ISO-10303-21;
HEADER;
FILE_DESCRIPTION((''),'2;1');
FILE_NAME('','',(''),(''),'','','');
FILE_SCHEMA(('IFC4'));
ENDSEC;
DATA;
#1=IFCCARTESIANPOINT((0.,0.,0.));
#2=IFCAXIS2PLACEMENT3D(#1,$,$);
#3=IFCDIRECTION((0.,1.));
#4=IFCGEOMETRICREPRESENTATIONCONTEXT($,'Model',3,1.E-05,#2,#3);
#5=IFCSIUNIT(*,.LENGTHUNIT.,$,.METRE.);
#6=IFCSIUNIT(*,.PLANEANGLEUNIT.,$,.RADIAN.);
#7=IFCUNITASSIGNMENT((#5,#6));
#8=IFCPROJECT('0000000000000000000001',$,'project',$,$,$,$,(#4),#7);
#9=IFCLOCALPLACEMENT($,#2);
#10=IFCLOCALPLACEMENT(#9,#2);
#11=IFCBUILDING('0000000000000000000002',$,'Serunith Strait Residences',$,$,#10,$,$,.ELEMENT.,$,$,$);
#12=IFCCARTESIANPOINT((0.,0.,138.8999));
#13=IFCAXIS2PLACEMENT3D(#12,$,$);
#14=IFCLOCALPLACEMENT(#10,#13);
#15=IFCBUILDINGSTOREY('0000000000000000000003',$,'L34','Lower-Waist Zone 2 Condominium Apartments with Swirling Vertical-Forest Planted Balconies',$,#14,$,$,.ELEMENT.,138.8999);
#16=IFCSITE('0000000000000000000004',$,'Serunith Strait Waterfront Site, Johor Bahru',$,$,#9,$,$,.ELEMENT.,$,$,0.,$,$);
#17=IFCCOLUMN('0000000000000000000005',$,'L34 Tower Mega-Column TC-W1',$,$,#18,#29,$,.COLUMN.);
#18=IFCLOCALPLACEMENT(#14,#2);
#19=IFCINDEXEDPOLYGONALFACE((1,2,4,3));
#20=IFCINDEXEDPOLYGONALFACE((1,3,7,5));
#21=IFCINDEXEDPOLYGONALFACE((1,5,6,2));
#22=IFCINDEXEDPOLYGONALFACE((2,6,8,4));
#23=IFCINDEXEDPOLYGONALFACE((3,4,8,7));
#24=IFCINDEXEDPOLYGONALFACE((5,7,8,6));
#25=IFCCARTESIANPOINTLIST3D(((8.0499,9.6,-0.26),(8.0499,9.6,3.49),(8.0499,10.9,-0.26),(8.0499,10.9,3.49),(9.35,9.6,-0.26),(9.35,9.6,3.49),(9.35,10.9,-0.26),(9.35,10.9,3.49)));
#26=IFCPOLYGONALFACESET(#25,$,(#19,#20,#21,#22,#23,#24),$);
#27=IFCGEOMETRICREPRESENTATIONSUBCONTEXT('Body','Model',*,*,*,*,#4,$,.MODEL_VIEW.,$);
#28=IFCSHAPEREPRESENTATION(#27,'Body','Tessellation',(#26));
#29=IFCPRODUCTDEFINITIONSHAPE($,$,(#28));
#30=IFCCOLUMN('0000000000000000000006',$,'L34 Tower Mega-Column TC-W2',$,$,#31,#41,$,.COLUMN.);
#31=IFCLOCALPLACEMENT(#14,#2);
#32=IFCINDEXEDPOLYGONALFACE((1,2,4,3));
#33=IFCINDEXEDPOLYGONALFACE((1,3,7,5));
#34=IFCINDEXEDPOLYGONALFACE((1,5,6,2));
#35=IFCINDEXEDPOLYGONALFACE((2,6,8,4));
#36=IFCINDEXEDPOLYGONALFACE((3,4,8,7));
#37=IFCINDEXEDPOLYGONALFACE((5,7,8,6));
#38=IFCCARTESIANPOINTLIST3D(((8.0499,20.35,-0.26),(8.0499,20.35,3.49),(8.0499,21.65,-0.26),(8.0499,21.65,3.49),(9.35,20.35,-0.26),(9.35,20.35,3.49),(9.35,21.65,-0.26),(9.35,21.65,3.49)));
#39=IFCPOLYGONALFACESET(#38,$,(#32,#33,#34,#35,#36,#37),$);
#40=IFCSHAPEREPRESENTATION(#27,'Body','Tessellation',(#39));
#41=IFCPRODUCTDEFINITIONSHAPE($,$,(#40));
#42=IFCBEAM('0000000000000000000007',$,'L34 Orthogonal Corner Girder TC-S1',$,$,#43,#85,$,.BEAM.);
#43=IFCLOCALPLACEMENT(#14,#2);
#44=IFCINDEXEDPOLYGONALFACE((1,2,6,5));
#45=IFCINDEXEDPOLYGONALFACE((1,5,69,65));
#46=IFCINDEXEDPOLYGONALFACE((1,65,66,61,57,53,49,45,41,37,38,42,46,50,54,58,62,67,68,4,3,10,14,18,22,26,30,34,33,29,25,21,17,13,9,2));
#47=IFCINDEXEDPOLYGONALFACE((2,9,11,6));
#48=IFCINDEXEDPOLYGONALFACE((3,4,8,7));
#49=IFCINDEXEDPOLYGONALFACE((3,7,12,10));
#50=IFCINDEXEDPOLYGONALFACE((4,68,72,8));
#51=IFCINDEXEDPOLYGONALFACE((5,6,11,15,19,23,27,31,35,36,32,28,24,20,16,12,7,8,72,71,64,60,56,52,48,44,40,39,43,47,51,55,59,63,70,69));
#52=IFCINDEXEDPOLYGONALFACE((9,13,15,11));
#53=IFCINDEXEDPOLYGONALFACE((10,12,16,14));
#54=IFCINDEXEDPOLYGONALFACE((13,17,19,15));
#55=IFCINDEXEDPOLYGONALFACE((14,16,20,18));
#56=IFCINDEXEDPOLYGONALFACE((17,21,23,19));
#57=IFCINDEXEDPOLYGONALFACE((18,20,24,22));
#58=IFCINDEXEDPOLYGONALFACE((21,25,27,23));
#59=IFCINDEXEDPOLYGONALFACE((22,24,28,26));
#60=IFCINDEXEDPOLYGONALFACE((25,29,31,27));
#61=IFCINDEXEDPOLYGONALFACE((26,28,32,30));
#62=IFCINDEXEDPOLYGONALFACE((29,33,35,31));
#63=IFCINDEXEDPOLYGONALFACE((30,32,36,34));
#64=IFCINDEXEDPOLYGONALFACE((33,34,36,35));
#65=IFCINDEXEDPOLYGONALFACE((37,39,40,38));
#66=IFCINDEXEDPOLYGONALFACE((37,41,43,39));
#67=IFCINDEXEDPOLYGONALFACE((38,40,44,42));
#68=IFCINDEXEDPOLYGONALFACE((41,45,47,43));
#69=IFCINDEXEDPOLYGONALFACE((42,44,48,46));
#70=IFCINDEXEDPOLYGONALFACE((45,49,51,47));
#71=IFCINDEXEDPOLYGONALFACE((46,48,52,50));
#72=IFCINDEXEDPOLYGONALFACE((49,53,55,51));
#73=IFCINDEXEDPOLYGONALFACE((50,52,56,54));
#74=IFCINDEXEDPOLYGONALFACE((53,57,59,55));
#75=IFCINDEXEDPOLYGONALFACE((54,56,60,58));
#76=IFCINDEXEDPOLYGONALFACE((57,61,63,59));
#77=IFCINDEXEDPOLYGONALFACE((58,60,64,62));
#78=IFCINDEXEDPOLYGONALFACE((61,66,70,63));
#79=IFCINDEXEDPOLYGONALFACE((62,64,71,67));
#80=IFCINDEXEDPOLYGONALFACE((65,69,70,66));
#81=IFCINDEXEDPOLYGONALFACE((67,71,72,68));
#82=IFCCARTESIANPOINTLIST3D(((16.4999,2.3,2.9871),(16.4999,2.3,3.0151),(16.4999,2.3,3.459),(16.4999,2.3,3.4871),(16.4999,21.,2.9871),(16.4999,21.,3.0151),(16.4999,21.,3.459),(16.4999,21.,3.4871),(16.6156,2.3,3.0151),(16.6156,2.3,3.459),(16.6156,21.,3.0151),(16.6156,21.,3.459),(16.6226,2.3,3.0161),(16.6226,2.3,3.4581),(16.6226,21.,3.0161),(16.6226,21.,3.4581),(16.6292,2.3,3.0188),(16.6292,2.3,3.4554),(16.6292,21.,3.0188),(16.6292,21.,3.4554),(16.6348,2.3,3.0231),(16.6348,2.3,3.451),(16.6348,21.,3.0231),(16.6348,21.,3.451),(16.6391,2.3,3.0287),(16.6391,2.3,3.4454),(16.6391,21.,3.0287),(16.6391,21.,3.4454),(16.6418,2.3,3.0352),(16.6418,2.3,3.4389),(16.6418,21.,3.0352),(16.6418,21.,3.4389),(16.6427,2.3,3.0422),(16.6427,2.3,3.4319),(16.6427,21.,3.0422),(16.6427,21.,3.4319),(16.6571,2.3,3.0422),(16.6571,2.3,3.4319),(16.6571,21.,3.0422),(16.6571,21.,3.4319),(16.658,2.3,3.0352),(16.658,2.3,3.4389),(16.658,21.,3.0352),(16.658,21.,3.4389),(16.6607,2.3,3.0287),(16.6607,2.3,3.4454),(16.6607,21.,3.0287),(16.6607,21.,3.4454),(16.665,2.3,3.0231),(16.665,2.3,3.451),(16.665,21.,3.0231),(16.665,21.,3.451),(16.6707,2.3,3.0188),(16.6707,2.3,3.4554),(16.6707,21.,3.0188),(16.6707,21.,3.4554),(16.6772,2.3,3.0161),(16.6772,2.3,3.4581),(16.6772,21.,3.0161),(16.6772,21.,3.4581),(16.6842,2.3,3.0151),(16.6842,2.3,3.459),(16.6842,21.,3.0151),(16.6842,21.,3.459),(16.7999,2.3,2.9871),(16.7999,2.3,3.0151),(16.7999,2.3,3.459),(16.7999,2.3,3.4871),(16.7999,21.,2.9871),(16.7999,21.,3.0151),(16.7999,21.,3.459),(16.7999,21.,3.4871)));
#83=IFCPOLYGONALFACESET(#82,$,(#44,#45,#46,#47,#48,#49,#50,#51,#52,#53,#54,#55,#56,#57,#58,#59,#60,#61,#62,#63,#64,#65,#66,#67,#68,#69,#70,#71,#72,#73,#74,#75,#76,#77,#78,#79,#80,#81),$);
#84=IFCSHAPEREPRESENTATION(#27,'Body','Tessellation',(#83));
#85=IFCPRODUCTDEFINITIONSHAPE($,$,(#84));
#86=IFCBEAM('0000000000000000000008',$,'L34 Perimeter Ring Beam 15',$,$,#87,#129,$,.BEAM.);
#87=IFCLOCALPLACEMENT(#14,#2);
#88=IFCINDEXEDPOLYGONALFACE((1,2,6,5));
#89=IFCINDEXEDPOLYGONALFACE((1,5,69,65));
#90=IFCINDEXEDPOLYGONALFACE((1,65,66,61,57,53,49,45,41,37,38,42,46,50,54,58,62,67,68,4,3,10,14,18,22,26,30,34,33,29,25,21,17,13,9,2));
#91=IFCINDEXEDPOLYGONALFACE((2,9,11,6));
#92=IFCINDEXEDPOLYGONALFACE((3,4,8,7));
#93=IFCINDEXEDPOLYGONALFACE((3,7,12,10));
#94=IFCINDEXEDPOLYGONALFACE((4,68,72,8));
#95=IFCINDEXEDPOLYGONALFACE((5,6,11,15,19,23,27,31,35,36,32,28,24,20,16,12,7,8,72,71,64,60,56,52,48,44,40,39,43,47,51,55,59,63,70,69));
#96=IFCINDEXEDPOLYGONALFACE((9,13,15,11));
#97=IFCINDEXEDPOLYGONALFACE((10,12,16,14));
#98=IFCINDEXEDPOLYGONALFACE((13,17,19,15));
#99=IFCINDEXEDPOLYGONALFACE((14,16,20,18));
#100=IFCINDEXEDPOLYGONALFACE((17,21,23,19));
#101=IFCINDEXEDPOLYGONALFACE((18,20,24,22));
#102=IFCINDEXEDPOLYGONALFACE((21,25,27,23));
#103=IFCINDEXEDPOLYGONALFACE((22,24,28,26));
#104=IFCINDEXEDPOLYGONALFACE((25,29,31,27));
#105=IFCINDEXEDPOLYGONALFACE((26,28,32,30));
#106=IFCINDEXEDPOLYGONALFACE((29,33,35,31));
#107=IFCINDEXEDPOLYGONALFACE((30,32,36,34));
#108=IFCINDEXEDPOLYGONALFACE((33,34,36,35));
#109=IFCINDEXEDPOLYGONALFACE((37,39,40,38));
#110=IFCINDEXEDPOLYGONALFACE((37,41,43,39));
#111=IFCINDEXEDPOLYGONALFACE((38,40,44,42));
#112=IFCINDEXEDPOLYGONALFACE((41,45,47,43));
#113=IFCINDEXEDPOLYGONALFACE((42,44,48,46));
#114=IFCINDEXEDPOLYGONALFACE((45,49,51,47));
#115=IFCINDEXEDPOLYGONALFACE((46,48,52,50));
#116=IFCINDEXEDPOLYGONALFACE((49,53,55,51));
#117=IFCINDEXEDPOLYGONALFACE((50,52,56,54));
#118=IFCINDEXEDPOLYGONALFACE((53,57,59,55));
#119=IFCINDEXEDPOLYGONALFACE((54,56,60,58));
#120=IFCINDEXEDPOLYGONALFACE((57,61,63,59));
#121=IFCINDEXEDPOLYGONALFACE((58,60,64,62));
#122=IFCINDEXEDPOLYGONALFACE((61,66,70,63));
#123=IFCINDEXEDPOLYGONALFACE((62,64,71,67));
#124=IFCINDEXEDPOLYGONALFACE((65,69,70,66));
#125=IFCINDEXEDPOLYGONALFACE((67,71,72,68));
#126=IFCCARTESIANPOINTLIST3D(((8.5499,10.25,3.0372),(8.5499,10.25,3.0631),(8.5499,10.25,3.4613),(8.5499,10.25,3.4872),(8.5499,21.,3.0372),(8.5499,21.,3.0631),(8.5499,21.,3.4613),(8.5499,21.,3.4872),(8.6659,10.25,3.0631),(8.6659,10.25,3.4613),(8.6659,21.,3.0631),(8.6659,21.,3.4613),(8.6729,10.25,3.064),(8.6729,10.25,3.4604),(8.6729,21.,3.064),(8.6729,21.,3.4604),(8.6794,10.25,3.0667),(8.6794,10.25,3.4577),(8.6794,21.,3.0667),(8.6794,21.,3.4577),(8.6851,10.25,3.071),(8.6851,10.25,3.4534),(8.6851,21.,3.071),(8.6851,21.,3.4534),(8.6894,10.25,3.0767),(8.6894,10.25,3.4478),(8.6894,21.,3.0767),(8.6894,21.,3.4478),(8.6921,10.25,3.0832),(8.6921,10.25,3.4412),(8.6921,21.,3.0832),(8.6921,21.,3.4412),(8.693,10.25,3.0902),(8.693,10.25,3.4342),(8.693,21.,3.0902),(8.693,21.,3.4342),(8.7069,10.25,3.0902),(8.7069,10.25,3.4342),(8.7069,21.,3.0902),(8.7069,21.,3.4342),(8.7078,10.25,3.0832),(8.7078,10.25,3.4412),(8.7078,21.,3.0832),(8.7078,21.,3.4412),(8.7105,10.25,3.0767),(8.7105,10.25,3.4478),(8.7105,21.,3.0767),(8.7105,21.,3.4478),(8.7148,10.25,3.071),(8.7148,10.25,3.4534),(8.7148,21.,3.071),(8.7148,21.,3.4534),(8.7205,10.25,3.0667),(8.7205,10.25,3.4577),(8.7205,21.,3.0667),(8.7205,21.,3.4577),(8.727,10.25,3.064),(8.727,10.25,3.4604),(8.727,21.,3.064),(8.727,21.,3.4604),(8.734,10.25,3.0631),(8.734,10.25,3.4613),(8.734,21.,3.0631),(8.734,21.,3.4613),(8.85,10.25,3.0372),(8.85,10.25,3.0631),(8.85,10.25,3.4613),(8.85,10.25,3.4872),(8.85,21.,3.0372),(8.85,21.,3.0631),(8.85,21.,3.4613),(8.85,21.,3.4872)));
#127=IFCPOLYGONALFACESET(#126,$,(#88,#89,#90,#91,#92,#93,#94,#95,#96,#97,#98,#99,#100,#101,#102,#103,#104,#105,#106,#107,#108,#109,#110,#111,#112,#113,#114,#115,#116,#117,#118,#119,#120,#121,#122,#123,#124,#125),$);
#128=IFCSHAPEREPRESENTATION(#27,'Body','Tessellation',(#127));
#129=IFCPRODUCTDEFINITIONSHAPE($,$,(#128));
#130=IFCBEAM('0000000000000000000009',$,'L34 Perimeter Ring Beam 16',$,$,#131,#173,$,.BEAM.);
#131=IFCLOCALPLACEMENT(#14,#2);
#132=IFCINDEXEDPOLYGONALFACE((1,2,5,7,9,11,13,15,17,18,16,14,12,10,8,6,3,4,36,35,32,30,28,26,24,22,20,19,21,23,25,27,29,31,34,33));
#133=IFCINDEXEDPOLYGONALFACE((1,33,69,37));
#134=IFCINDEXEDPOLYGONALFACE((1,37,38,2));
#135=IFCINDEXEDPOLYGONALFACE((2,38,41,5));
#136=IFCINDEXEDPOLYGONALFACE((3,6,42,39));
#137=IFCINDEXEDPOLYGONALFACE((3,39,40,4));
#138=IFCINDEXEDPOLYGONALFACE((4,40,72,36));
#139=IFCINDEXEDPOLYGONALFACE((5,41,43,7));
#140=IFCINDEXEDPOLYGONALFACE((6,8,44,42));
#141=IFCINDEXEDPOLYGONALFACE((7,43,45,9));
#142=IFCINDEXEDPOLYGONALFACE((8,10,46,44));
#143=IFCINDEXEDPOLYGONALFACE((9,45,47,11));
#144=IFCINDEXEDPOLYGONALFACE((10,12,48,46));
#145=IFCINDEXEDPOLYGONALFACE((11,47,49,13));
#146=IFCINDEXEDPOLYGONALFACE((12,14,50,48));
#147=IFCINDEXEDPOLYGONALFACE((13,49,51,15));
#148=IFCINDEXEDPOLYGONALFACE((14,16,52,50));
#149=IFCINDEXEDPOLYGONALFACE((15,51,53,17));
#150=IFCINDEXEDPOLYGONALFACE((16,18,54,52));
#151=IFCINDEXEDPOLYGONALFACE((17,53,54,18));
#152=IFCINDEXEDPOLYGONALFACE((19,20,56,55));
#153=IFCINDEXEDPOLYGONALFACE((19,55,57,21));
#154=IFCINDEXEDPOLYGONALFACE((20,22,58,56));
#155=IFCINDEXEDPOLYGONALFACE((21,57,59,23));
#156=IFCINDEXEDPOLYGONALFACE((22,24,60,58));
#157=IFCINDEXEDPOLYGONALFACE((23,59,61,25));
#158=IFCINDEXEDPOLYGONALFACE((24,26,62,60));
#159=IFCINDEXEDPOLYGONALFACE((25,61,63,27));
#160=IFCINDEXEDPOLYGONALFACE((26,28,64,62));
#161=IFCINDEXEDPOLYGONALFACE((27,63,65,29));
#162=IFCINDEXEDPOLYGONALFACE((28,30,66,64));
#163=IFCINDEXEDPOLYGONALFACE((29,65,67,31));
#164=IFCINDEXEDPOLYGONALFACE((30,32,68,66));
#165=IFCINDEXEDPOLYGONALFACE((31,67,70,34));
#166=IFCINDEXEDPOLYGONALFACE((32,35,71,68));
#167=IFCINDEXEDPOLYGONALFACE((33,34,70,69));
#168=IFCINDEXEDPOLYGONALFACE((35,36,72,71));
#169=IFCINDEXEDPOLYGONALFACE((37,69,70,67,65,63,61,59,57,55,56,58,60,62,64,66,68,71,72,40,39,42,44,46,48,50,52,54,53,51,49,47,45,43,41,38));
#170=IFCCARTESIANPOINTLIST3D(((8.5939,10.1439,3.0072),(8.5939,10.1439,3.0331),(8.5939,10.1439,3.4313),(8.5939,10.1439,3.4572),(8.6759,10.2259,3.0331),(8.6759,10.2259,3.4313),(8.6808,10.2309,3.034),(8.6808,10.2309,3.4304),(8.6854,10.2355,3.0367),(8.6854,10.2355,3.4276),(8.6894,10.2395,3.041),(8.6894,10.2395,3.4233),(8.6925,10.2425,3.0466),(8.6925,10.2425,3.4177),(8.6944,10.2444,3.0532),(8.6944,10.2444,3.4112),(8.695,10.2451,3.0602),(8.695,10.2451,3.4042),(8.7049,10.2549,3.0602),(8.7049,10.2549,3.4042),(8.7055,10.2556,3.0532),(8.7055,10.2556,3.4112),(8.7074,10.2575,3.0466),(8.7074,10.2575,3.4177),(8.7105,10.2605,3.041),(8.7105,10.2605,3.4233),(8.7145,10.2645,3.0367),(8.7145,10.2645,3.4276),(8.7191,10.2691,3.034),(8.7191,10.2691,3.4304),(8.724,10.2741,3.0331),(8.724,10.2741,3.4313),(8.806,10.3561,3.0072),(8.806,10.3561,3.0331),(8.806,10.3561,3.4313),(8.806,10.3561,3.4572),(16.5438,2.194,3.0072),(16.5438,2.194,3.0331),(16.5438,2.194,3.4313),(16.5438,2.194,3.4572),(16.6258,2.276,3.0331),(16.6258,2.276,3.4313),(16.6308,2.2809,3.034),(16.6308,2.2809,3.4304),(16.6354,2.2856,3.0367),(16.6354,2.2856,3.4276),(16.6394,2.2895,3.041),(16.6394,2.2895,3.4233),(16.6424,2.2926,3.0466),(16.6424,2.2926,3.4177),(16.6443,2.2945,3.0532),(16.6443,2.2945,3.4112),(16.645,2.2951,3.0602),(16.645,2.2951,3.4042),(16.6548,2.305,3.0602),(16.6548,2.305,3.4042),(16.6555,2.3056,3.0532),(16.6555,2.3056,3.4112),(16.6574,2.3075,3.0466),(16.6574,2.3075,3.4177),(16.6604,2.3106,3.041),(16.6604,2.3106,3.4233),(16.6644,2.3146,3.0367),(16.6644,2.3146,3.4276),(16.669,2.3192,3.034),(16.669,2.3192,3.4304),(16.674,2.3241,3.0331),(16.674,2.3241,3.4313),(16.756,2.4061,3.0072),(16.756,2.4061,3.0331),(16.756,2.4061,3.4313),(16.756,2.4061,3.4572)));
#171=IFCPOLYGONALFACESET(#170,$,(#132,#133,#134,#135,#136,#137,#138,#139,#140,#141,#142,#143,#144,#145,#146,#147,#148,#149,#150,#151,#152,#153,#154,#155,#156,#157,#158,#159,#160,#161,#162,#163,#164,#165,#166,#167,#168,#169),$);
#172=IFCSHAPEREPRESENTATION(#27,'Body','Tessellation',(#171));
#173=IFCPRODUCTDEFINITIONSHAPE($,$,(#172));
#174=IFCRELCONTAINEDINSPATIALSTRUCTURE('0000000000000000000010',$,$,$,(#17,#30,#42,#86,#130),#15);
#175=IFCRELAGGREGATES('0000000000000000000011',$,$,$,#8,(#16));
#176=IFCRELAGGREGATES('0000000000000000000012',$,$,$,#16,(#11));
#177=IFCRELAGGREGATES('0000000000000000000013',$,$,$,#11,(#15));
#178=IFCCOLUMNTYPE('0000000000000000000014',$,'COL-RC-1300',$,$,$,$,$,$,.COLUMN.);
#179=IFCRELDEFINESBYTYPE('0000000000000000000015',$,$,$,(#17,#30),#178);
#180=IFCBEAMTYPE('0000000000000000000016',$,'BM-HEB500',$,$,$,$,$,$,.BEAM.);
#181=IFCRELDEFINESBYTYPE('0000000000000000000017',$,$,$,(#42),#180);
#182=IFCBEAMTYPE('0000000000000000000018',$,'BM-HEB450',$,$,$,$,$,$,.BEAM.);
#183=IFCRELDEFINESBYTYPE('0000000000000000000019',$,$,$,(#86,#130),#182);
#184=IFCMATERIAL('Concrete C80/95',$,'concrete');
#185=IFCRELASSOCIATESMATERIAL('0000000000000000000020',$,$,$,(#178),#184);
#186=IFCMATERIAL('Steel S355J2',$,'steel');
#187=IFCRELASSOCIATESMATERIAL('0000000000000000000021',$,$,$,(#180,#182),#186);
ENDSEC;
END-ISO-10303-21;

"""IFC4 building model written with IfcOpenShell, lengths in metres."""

from ifc_helpers import new_model, si_unit, direction, frame, origin, origin_2d, place, context, subcontext, project, spatial, rectangle, i_section, extrude, source, transform, mapped, material, material_profile, profile_set, type_object, element, save


model = new_model("IFC4")

# Units and contexts
model_context = context("Model", 3, precision=1e-05, world=origin(), true_north=direction((0.0, 1.0)))
body_context = subcontext(model_context, "Body", "Model", "MODEL_VIEW")
ifc_project = project(units=[si_unit("LENGTHUNIT", "METRE"), si_unit("PLANEANGLEUNIT", "RADIAN")], contexts=[model_context])

# Site, building, storey
site_placement = place(None, origin())
site = spatial("IfcSite", under=ifc_project, at=site_placement, Name="Serunith Strait Waterfront Site, Johor Bahru", CompositionType="ELEMENT", RefElevation=0.0)
building_placement = place(site_placement, origin())
building = spatial("IfcBuilding", under=site, at=building_placement, Name="Serunith Strait Residences", CompositionType="ELEMENT")
storey_placement = place(building_placement, frame((0.0, 0.0, 138.8999)))
storey = spatial("IfcBuildingStorey", under=building, at=storey_placement, Name="L34", Description="Lower-Waist Zone 2 Condominium Apartments with Swirling Vertical-Forest Planted Balconies", CompositionType="ELEMENT", Elevation=138.8999)

# Columns
ifc_material_1 = material(Name="Concrete C80/95", Category="concrete")
ifc_material_profile_1 = material_profile(ifc_material_1, rectangle(XDim=1.3, YDim=1.3, at=origin_2d()), Name="RC 1300x1300")
ifc_profile_set_1 = profile_set([ifc_material_profile_1], Name="Concrete C80/95")
column_type = type_object("IfcColumnType", Name="COL-RC-1300", PredefinedType="COLUMN", material=ifc_profile_set_1)
shared_shape_1 = source(origin(), body_context, "Body", "SweptSolid", [
    extrude(rectangle(XDim=1.3, YDim=1.3, at=origin_2d()), origin(), (0.0, 0.0, 1.0), 3.75),
])
for number, where, z_axis, x_axis, name in (
    (1, (8.7, 10.25, -0.26), (0.0, 0.0, 1.0), (1.0, 0.0, 0.0), "L34 Tower Mega-Column TC-W1"),
    (2, (8.7, 21.0, -0.26), (0.0, 0.0, 1.0), (1.0, 0.0, 0.0), "L34 Tower Mega-Column TC-W2"),
):
    element("IfcColumn", number, at=place(storey_placement, frame(where, z_axis=z_axis, x_axis=x_axis)), inside=storey, type_object=column_type, Name=name, PredefinedType="COLUMN", context=body_context, shape_type="MappedRepresentation", body=[
        mapped(shared_shape_1, transform((0.0, 0.0, 0.0), scale=1.0)),
    ])

# Beams
ifc_material_2 = material(Name="Steel S355J2", Category="steel")
ifc_material_profile_2 = material_profile(ifc_material_2, i_section(OverallWidth=0.3, OverallDepth=0.5, WebThickness=0.0144, FlangeThickness=0.0281, FilletRadius=0.0271, at=origin_2d()), Name="HEB 500")
ifc_profile_set_2 = profile_set([ifc_material_profile_2], Name="Steel S355J2")
beam_type_1 = type_object("IfcBeamType", Name="BM-HEB500", PredefinedType="BEAM", material=ifc_profile_set_2)
shared_shape_2 = source(origin(), body_context, "Body", "SweptSolid", [
    extrude(i_section(OverallWidth=0.3, OverallDepth=0.5, WebThickness=0.0144, FlangeThickness=0.0281, FilletRadius=0.0271, at=origin_2d()), origin(), (0.0, 0.0, 1.0), 18.7),
])
beam_1_placement = place(storey_placement, frame((16.6499, 21.0, 3.2371), z_axis=(0.0, -1.0, 0.0), x_axis=(1.0, 0.0, 0.0)))
element("IfcBeam", 3, at=beam_1_placement, inside=storey, type_object=beam_type_1, Name="L34 Orthogonal Corner Girder TC-S1", PredefinedType="BEAM", context=body_context, shape_type="MappedRepresentation", body=[
    mapped(shared_shape_2, transform((0.0, 0.0, 0.0), scale=1.0)),
])
ifc_material_profile_3 = material_profile(ifc_material_2, i_section(OverallWidth=0.3, OverallDepth=0.45, WebThickness=0.0139, FlangeThickness=0.0259, FilletRadius=0.0271, at=origin_2d()), Name="HEB 450")
ifc_profile_set_3 = profile_set([ifc_material_profile_3], Name="Steel S355J2")
beam_type_2 = type_object("IfcBeamType", Name="BM-HEB450", PredefinedType="BEAM", material=ifc_profile_set_3)
shared_shape_3 = source(origin(), body_context, "Body", "SweptSolid", [
    extrude(i_section(OverallWidth=0.3, OverallDepth=0.45, WebThickness=0.0139, FlangeThickness=0.0259, FilletRadius=0.0271, at=origin_2d()), origin(), (0.0, 0.0, 1.0), 10.75),
])
beam_2_placement = place(storey_placement, frame((8.7, 21.0, 3.2622), z_axis=(0.0, -1.0, 0.0), x_axis=(1.0, 0.0, 0.0)))
element("IfcBeam", 4, at=beam_2_placement, inside=storey, type_object=beam_type_2, Name="L34 Perimeter Ring Beam 15", PredefinedType="BEAM", context=body_context, shape_type="MappedRepresentation", body=[
    mapped(shared_shape_3, transform((0.0, 0.0, 0.0), scale=1.0)),
])
shared_shape_4 = source(origin(), body_context, "Body", "SweptSolid", [
    extrude(i_section(OverallWidth=0.3, OverallDepth=0.45, WebThickness=0.0139, FlangeThickness=0.0259, FilletRadius=0.0271, at=origin_2d()), origin(), (0.0, 0.0, 1.0), 11.2429),
])
beam_3_placement = place(storey_placement, frame((8.7, 10.25, 3.2322), z_axis=(0.707107, -0.707107, 0.0), x_axis=(0.707107, 0.707107, 0.0)))
element("IfcBeam", 5, at=beam_3_placement, inside=storey, type_object=beam_type_2, Name="L34 Perimeter Ring Beam 16", PredefinedType="BEAM", context=body_context, shape_type="MappedRepresentation", body=[
    mapped(shared_shape_4, transform((0.0, 0.0, 0.0), scale=1.0)),
])

save(model, "model.ifc")
